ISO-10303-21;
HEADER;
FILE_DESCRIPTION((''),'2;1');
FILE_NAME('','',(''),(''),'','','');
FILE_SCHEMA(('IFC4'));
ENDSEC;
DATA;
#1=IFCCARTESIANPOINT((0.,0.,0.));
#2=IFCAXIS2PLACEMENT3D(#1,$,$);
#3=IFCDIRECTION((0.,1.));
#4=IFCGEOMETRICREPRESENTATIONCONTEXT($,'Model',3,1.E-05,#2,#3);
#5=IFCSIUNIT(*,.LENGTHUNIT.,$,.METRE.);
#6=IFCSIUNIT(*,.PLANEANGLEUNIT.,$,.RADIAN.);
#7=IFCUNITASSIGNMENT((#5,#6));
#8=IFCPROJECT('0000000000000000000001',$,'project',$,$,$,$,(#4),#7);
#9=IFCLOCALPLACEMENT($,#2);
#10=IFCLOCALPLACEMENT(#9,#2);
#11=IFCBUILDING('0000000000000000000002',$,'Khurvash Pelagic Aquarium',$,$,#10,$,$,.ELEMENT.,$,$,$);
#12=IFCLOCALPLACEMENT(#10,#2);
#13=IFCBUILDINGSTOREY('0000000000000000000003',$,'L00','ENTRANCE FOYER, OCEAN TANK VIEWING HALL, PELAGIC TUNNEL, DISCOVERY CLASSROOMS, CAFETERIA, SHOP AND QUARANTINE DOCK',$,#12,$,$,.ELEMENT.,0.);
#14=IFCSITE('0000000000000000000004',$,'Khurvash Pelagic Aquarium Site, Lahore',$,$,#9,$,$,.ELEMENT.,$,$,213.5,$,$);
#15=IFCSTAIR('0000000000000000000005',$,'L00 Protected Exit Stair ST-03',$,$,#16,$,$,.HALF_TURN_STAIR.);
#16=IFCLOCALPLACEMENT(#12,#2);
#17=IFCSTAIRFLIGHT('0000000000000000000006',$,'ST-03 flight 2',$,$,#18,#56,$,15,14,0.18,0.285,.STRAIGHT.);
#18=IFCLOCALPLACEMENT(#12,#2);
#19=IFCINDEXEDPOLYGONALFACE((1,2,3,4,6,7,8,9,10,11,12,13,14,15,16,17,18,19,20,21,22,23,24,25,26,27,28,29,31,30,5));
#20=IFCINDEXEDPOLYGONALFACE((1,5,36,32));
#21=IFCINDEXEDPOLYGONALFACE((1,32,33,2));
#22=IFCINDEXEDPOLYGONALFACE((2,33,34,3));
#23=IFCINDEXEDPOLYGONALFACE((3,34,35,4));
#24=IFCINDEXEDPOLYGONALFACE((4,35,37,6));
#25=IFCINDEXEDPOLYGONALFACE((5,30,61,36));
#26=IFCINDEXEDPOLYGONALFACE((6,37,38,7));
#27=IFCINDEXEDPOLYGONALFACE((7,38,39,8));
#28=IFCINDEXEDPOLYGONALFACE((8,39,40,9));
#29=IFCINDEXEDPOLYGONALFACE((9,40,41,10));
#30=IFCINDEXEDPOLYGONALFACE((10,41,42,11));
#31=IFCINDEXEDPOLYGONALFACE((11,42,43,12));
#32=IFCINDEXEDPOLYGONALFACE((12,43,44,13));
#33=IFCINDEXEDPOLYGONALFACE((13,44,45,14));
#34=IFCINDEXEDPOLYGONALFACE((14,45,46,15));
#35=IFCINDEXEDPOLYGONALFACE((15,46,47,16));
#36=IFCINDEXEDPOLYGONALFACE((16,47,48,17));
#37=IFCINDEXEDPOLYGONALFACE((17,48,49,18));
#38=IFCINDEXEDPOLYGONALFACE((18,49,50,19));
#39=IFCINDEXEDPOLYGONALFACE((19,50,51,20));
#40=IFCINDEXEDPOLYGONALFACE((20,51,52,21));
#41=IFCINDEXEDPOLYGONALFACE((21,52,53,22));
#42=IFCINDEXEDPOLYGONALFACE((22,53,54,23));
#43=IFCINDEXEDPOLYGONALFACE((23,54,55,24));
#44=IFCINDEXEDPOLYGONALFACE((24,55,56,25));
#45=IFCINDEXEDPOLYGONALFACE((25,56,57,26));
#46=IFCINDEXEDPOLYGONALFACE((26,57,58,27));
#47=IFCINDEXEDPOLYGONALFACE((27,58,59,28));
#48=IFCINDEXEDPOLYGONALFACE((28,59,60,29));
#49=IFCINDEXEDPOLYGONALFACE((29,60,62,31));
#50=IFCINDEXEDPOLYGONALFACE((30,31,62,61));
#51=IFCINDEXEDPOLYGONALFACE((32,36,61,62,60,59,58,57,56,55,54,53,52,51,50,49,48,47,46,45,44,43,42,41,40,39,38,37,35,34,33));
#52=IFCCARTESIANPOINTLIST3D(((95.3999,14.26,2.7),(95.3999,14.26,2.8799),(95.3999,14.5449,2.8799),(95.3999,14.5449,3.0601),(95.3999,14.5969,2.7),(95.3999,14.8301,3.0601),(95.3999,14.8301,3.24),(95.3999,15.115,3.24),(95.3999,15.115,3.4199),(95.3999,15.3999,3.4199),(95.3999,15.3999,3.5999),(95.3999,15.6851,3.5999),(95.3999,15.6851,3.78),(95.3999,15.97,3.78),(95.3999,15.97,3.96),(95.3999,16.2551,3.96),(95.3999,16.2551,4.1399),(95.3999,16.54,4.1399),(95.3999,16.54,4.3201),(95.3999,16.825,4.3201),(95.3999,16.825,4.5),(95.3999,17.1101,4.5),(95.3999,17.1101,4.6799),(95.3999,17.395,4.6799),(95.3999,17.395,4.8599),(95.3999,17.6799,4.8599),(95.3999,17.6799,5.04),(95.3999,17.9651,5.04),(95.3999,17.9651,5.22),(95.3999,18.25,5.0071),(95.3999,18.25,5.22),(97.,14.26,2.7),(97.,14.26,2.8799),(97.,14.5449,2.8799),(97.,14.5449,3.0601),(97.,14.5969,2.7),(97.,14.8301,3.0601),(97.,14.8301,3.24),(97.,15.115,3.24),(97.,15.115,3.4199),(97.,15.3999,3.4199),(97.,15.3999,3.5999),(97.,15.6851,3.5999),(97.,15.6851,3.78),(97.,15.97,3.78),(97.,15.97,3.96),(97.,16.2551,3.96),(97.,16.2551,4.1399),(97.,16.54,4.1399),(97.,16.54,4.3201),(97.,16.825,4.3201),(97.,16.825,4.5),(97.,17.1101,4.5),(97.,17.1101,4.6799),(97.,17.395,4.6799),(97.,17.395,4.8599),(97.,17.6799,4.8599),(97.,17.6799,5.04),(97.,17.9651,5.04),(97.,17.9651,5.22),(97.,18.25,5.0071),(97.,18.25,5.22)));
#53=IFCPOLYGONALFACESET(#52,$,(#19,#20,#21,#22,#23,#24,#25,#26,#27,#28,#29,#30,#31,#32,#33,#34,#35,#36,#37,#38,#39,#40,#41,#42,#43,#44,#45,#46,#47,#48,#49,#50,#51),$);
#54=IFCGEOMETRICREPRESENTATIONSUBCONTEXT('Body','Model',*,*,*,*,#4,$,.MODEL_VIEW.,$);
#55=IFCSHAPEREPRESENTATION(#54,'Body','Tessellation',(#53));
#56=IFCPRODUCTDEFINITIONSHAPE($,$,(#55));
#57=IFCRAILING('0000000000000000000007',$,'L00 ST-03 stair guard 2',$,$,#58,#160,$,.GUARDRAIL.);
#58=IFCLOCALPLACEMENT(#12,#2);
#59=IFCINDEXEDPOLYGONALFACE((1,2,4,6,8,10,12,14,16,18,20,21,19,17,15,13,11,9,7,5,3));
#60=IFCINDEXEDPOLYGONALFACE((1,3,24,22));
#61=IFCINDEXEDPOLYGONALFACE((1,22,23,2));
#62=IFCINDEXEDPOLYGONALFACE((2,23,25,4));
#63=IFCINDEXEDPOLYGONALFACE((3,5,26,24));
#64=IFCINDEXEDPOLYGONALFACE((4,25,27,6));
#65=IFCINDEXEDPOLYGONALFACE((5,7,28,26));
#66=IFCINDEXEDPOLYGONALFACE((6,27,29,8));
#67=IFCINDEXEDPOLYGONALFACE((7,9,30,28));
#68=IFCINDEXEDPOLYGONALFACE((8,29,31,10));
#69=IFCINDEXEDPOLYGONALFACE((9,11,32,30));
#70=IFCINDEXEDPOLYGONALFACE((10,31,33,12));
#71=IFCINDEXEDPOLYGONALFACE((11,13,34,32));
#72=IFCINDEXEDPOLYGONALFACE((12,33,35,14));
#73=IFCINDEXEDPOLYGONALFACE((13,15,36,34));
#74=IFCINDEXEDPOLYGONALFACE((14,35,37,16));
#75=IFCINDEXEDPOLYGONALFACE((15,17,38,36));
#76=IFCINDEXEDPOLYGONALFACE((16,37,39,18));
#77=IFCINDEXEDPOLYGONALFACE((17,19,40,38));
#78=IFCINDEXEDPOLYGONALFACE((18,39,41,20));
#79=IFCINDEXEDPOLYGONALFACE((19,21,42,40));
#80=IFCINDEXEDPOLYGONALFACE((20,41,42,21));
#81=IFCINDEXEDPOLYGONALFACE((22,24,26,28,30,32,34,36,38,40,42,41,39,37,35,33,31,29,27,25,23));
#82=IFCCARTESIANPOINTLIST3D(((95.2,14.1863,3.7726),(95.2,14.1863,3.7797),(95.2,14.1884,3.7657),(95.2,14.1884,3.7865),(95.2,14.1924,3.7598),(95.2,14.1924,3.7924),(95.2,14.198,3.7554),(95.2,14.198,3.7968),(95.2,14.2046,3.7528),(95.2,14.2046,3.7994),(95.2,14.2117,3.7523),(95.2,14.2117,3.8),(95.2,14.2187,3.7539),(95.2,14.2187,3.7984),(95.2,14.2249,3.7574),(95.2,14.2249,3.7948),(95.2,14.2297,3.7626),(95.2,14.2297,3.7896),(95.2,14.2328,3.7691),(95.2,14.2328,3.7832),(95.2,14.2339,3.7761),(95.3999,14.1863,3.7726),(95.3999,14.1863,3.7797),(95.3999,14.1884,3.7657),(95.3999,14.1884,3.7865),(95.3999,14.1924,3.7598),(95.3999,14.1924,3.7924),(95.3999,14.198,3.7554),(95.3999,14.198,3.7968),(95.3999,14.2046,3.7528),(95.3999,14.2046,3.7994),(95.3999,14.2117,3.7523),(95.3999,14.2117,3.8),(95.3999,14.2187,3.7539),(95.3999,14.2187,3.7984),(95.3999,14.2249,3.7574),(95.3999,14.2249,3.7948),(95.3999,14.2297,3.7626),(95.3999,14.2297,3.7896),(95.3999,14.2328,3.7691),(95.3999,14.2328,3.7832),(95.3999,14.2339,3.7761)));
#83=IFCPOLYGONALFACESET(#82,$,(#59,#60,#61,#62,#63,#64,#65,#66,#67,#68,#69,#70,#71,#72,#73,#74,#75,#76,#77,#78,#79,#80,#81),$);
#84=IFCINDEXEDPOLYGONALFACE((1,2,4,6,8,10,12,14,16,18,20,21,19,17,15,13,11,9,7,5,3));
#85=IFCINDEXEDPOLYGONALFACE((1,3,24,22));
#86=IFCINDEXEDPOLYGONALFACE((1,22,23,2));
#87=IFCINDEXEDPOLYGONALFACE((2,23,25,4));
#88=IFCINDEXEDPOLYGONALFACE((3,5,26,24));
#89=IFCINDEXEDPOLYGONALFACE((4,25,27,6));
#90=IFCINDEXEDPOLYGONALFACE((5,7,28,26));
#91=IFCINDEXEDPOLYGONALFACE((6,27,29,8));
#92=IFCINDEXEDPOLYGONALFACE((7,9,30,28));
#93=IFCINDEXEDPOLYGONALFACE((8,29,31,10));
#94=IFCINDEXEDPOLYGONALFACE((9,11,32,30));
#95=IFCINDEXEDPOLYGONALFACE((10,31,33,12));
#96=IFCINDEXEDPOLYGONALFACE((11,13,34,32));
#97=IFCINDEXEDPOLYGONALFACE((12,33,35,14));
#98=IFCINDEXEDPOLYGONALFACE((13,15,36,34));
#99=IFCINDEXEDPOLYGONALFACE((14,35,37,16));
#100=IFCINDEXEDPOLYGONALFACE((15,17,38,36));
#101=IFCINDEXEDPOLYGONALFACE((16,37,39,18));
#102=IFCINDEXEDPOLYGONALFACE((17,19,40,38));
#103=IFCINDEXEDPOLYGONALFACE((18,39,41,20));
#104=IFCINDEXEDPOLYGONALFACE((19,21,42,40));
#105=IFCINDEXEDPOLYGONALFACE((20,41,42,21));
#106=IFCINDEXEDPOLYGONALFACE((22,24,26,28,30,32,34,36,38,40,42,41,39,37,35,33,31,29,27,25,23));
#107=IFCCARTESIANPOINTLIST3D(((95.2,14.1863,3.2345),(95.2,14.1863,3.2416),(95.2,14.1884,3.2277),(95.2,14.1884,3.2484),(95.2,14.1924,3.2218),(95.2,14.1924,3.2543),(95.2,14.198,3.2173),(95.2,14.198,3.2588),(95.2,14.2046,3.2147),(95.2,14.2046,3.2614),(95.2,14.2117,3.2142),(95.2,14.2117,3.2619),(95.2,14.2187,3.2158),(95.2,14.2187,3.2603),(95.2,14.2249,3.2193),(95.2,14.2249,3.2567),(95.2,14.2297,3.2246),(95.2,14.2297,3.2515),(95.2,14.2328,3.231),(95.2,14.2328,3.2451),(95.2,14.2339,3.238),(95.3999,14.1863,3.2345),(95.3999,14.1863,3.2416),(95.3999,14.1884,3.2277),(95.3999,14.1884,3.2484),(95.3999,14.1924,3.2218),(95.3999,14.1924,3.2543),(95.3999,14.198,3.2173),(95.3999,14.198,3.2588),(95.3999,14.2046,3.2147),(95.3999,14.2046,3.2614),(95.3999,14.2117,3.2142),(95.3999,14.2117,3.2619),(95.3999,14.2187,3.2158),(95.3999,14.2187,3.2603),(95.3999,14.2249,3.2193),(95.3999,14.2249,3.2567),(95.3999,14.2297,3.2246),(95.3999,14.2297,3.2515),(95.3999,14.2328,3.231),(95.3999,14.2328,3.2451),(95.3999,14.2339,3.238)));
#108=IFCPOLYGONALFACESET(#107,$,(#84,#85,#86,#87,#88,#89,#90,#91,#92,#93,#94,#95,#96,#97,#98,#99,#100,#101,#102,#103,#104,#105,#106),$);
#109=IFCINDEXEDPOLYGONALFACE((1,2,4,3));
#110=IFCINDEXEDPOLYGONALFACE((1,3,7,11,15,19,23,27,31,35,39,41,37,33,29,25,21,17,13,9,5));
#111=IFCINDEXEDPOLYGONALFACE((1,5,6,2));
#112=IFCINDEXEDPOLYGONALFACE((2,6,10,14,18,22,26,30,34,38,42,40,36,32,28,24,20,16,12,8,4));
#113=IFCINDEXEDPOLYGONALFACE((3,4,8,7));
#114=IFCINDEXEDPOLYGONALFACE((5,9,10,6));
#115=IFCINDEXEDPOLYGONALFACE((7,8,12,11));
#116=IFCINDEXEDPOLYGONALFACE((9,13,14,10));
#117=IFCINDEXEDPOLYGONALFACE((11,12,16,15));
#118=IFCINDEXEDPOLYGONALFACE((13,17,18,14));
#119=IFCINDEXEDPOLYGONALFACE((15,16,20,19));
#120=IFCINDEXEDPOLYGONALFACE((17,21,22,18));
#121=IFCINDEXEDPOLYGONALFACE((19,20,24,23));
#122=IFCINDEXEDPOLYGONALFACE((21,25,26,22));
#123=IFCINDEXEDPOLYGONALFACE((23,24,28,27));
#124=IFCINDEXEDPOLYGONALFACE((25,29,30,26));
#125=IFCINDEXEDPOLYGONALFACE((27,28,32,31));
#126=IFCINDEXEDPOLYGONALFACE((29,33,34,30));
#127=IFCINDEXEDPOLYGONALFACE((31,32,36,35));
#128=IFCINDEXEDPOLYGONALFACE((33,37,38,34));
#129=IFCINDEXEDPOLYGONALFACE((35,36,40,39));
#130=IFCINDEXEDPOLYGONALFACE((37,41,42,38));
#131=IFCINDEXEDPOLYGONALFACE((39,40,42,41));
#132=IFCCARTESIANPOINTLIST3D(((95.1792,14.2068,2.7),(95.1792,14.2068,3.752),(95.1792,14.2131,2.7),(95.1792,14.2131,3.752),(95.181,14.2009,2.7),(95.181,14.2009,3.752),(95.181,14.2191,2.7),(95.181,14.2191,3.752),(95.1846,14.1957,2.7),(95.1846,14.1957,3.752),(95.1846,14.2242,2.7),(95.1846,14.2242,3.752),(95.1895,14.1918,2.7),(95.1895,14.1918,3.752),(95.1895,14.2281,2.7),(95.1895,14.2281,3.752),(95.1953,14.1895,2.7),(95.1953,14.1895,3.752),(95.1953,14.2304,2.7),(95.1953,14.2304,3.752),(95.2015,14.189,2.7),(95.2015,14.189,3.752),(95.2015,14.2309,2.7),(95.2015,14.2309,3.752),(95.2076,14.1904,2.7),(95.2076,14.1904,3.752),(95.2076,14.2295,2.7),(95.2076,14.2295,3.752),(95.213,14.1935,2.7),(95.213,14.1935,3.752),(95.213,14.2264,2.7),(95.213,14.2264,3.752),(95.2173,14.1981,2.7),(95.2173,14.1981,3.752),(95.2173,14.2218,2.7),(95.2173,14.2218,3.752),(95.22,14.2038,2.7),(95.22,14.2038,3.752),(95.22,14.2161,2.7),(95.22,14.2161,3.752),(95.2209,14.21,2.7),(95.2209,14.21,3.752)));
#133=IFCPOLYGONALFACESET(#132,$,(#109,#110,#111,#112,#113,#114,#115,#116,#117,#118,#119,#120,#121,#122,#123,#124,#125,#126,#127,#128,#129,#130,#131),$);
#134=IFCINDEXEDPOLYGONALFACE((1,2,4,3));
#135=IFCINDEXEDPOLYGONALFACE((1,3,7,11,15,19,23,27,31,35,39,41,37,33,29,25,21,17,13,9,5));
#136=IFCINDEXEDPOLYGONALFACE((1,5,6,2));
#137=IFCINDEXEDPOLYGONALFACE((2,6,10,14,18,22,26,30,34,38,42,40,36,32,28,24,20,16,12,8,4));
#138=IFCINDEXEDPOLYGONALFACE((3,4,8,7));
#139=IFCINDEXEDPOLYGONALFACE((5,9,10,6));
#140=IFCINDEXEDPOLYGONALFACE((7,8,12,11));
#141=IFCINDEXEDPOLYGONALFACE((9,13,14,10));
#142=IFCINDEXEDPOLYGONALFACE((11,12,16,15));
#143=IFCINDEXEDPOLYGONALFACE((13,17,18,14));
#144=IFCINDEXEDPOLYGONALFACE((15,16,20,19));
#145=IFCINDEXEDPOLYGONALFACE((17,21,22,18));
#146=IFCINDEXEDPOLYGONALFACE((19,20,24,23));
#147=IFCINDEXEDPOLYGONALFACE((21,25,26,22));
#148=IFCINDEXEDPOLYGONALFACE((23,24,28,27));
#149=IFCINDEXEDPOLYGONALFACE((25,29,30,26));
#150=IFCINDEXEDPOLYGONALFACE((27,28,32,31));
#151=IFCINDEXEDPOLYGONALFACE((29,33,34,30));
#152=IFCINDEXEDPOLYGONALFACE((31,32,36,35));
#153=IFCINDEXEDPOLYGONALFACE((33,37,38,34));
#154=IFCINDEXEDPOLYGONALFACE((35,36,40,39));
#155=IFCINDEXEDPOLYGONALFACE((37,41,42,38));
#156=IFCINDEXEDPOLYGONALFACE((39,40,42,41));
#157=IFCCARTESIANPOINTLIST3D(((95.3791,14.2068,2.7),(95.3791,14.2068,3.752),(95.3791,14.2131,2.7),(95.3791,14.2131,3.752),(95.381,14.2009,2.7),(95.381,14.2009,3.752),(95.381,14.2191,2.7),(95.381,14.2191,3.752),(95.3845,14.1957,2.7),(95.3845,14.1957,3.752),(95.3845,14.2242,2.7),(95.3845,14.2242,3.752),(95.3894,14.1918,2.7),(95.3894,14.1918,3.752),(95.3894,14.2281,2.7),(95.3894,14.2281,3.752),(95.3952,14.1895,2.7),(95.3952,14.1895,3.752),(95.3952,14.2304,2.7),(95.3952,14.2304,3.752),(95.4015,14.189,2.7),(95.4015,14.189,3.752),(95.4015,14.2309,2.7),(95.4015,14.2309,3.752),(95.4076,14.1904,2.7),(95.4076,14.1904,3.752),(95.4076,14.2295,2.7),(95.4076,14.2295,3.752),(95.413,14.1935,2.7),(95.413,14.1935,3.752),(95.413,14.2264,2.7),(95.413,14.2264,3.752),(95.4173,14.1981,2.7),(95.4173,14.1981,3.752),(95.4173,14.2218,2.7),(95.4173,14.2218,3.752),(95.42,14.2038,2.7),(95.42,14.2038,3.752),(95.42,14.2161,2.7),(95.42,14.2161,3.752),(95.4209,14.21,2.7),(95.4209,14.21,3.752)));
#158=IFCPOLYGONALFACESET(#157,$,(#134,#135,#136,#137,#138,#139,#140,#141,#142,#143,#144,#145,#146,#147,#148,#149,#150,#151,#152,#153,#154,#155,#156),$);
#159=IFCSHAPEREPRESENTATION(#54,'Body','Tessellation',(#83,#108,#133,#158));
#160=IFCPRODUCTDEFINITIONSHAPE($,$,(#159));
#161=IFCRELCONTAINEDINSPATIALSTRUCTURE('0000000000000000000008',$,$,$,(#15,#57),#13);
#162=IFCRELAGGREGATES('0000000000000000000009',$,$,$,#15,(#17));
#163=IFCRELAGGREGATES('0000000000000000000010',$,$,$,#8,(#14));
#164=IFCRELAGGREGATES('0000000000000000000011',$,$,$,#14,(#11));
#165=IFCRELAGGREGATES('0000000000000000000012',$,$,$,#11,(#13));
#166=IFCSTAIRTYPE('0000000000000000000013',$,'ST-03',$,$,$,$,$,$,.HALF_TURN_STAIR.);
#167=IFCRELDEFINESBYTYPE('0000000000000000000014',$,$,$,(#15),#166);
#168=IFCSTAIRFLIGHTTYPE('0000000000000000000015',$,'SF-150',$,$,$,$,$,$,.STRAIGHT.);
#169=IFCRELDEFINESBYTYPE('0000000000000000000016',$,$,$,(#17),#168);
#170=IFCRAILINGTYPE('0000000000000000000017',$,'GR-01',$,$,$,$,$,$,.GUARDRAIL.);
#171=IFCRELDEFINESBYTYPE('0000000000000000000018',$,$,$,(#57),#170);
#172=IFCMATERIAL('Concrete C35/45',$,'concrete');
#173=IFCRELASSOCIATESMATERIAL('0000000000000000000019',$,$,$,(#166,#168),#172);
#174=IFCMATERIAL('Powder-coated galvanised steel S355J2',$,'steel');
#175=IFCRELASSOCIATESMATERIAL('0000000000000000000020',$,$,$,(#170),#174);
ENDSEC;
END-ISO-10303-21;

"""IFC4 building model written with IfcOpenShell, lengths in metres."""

from ifc_helpers import new_model, si_unit, direction, frame, origin, origin_2d, place, context, subcontext, project, spatial, polyline, circle, outline, extrude, material, type_object, element, aggregate, save


model = new_model("IFC4")

# Units and contexts
model_context = context("Model", 3, precision=1e-05, world=origin(), true_north=direction((0.0, 1.0)))
body_context = subcontext(model_context, "Body", "Model", "MODEL_VIEW")
ifc_project = project(units=[si_unit("LENGTHUNIT", "METRE"), si_unit("PLANEANGLEUNIT", "RADIAN")], contexts=[model_context])

# Site, building, storey
site_placement = place(None, origin())
site = spatial("IfcSite", under=ifc_project, at=site_placement, Name="Khurvash Pelagic Aquarium Site, Lahore", CompositionType="ELEMENT", RefElevation=213.5)
building_placement = place(site_placement, origin())
building = spatial("IfcBuilding", under=site, at=building_placement, Name="Khurvash Pelagic Aquarium", CompositionType="ELEMENT")
storey_placement = place(building_placement, origin())
storey = spatial("IfcBuildingStorey", under=building, at=storey_placement, Name="L00", Description="ENTRANCE FOYER, OCEAN TANK VIEWING HALL, PELAGIC TUNNEL, DISCOVERY CLASSROOMS, CAFETERIA, SHOP AND QUARANTINE DOCK", CompositionType="ELEMENT", Elevation=0.0)

# Shared definitions
ifc_material_1 = material(Name="Concrete C35/45", Category="concrete")

# Stair, stair flight
stair_type = type_object("IfcStairType", Name="ST-03", PredefinedType="HALF_TURN_STAIR", material=ifc_material_1)
stair_placement = place(storey_placement, origin())
stair = element("IfcStair", 1, at=stair_placement, inside=storey, type_object=stair_type, Name="L00 Protected Exit Stair ST-03", PredefinedType="HALF_TURN_STAIR")
stair_flight_type = type_object("IfcStairFlightType", Name="SF-150", PredefinedType="STRAIGHT", material=ifc_material_1)
stair_flight_1_placement = place(storey_placement, frame((96.2, 14.26, 2.7), z_axis=(0.0, 0.0, 1.0), x_axis=(0.0, 1.0, 0.0)))
stair_flight_1 = element("IfcStairFlight", 2, at=stair_flight_1_placement, type_object=stair_flight_type, Name="ST-03 flight 2", NumberOfRisers=15, NumberOfTreads=14, PredefinedType="STRAIGHT", RiserHeight=0.18, TreadLength=0.285, context=body_context, shape_type="SweptSolid", body=[
    extrude(outline(polyline([(0.0, 0.0), (0.0, 0.1799), (0.2849, 0.1799), (0.2849, 0.3601), (0.5701, 0.3601), (0.5701, 0.54), (0.855, 0.54), (0.855, 0.72), (1.1399, 0.72), (1.1399, 0.8999), (1.425, 0.8999), (1.425, 1.0801), (1.71, 1.0801), (1.71, 1.26), (1.9951, 1.26), (1.9951, 1.4399), (2.28, 1.4399), (2.28, 1.6201), (2.5649, 1.6201), (2.5649, 1.8), (2.8501, 1.8), (2.8501, 1.98), (3.135, 1.98), (3.135, 2.1599), (3.4199, 2.1599), (3.4199, 2.3401), (3.7051, 2.3401), (3.7051, 2.52), (3.99, 2.52), (3.99, 2.7), (3.99, 2.3071), (0.3369, 0.0), (0.0, 0.0)])), frame((0.0, 0.8, 0.0), z_axis=(0.0, -1.0, 0.0), x_axis=(1.0, 0.0, 0.0)), (0.0, 0.0, 1.0), 1.6001),
])
aggregate(stair, [stair_flight_1])

# Railing
ifc_material_2 = material(Name="Powder-coated galvanised steel S355J2", Category="steel")
railing_type_1 = type_object("IfcRailingType", Name="GR-01", PredefinedType="GUARDRAIL", material=ifc_material_2)
railing_1_placement = place(storey_placement, frame((95.2, 14.21, 2.7)))
element("IfcRailing", 3, at=railing_1_placement, inside=storey, type_object=railing_type_1, Name="L00 ST-03 stair guard 2", PredefinedType="GUARDRAIL", context=body_context, shape_type="SweptSolid", body=[
    extrude(circle(Radius=0.0239, at=origin_2d()), frame((0.0, 0.0, 1.0762), z_axis=(1.0, 0.0, 0.0), x_axis=(0.0, 1.0, 0.0)), (0.0, 0.0, 1.0), 0.2),
    extrude(circle(Radius=0.0239, at=origin_2d()), frame((0.0, 0.0, 0.5381), z_axis=(1.0, 0.0, 0.0), x_axis=(0.0, 1.0, 0.0)), (0.0, 0.0, 1.0), 0.2),
    extrude(circle(Radius=0.021, at=origin_2d()), origin(), (0.0, 0.0, 1.0), 1.052),
    extrude(circle(Radius=0.021, at=origin_2d()), frame((0.2, 0.0, 0.0)), (0.0, 0.0, 1.0), 1.052),
])

save(model, "model.ifc")
